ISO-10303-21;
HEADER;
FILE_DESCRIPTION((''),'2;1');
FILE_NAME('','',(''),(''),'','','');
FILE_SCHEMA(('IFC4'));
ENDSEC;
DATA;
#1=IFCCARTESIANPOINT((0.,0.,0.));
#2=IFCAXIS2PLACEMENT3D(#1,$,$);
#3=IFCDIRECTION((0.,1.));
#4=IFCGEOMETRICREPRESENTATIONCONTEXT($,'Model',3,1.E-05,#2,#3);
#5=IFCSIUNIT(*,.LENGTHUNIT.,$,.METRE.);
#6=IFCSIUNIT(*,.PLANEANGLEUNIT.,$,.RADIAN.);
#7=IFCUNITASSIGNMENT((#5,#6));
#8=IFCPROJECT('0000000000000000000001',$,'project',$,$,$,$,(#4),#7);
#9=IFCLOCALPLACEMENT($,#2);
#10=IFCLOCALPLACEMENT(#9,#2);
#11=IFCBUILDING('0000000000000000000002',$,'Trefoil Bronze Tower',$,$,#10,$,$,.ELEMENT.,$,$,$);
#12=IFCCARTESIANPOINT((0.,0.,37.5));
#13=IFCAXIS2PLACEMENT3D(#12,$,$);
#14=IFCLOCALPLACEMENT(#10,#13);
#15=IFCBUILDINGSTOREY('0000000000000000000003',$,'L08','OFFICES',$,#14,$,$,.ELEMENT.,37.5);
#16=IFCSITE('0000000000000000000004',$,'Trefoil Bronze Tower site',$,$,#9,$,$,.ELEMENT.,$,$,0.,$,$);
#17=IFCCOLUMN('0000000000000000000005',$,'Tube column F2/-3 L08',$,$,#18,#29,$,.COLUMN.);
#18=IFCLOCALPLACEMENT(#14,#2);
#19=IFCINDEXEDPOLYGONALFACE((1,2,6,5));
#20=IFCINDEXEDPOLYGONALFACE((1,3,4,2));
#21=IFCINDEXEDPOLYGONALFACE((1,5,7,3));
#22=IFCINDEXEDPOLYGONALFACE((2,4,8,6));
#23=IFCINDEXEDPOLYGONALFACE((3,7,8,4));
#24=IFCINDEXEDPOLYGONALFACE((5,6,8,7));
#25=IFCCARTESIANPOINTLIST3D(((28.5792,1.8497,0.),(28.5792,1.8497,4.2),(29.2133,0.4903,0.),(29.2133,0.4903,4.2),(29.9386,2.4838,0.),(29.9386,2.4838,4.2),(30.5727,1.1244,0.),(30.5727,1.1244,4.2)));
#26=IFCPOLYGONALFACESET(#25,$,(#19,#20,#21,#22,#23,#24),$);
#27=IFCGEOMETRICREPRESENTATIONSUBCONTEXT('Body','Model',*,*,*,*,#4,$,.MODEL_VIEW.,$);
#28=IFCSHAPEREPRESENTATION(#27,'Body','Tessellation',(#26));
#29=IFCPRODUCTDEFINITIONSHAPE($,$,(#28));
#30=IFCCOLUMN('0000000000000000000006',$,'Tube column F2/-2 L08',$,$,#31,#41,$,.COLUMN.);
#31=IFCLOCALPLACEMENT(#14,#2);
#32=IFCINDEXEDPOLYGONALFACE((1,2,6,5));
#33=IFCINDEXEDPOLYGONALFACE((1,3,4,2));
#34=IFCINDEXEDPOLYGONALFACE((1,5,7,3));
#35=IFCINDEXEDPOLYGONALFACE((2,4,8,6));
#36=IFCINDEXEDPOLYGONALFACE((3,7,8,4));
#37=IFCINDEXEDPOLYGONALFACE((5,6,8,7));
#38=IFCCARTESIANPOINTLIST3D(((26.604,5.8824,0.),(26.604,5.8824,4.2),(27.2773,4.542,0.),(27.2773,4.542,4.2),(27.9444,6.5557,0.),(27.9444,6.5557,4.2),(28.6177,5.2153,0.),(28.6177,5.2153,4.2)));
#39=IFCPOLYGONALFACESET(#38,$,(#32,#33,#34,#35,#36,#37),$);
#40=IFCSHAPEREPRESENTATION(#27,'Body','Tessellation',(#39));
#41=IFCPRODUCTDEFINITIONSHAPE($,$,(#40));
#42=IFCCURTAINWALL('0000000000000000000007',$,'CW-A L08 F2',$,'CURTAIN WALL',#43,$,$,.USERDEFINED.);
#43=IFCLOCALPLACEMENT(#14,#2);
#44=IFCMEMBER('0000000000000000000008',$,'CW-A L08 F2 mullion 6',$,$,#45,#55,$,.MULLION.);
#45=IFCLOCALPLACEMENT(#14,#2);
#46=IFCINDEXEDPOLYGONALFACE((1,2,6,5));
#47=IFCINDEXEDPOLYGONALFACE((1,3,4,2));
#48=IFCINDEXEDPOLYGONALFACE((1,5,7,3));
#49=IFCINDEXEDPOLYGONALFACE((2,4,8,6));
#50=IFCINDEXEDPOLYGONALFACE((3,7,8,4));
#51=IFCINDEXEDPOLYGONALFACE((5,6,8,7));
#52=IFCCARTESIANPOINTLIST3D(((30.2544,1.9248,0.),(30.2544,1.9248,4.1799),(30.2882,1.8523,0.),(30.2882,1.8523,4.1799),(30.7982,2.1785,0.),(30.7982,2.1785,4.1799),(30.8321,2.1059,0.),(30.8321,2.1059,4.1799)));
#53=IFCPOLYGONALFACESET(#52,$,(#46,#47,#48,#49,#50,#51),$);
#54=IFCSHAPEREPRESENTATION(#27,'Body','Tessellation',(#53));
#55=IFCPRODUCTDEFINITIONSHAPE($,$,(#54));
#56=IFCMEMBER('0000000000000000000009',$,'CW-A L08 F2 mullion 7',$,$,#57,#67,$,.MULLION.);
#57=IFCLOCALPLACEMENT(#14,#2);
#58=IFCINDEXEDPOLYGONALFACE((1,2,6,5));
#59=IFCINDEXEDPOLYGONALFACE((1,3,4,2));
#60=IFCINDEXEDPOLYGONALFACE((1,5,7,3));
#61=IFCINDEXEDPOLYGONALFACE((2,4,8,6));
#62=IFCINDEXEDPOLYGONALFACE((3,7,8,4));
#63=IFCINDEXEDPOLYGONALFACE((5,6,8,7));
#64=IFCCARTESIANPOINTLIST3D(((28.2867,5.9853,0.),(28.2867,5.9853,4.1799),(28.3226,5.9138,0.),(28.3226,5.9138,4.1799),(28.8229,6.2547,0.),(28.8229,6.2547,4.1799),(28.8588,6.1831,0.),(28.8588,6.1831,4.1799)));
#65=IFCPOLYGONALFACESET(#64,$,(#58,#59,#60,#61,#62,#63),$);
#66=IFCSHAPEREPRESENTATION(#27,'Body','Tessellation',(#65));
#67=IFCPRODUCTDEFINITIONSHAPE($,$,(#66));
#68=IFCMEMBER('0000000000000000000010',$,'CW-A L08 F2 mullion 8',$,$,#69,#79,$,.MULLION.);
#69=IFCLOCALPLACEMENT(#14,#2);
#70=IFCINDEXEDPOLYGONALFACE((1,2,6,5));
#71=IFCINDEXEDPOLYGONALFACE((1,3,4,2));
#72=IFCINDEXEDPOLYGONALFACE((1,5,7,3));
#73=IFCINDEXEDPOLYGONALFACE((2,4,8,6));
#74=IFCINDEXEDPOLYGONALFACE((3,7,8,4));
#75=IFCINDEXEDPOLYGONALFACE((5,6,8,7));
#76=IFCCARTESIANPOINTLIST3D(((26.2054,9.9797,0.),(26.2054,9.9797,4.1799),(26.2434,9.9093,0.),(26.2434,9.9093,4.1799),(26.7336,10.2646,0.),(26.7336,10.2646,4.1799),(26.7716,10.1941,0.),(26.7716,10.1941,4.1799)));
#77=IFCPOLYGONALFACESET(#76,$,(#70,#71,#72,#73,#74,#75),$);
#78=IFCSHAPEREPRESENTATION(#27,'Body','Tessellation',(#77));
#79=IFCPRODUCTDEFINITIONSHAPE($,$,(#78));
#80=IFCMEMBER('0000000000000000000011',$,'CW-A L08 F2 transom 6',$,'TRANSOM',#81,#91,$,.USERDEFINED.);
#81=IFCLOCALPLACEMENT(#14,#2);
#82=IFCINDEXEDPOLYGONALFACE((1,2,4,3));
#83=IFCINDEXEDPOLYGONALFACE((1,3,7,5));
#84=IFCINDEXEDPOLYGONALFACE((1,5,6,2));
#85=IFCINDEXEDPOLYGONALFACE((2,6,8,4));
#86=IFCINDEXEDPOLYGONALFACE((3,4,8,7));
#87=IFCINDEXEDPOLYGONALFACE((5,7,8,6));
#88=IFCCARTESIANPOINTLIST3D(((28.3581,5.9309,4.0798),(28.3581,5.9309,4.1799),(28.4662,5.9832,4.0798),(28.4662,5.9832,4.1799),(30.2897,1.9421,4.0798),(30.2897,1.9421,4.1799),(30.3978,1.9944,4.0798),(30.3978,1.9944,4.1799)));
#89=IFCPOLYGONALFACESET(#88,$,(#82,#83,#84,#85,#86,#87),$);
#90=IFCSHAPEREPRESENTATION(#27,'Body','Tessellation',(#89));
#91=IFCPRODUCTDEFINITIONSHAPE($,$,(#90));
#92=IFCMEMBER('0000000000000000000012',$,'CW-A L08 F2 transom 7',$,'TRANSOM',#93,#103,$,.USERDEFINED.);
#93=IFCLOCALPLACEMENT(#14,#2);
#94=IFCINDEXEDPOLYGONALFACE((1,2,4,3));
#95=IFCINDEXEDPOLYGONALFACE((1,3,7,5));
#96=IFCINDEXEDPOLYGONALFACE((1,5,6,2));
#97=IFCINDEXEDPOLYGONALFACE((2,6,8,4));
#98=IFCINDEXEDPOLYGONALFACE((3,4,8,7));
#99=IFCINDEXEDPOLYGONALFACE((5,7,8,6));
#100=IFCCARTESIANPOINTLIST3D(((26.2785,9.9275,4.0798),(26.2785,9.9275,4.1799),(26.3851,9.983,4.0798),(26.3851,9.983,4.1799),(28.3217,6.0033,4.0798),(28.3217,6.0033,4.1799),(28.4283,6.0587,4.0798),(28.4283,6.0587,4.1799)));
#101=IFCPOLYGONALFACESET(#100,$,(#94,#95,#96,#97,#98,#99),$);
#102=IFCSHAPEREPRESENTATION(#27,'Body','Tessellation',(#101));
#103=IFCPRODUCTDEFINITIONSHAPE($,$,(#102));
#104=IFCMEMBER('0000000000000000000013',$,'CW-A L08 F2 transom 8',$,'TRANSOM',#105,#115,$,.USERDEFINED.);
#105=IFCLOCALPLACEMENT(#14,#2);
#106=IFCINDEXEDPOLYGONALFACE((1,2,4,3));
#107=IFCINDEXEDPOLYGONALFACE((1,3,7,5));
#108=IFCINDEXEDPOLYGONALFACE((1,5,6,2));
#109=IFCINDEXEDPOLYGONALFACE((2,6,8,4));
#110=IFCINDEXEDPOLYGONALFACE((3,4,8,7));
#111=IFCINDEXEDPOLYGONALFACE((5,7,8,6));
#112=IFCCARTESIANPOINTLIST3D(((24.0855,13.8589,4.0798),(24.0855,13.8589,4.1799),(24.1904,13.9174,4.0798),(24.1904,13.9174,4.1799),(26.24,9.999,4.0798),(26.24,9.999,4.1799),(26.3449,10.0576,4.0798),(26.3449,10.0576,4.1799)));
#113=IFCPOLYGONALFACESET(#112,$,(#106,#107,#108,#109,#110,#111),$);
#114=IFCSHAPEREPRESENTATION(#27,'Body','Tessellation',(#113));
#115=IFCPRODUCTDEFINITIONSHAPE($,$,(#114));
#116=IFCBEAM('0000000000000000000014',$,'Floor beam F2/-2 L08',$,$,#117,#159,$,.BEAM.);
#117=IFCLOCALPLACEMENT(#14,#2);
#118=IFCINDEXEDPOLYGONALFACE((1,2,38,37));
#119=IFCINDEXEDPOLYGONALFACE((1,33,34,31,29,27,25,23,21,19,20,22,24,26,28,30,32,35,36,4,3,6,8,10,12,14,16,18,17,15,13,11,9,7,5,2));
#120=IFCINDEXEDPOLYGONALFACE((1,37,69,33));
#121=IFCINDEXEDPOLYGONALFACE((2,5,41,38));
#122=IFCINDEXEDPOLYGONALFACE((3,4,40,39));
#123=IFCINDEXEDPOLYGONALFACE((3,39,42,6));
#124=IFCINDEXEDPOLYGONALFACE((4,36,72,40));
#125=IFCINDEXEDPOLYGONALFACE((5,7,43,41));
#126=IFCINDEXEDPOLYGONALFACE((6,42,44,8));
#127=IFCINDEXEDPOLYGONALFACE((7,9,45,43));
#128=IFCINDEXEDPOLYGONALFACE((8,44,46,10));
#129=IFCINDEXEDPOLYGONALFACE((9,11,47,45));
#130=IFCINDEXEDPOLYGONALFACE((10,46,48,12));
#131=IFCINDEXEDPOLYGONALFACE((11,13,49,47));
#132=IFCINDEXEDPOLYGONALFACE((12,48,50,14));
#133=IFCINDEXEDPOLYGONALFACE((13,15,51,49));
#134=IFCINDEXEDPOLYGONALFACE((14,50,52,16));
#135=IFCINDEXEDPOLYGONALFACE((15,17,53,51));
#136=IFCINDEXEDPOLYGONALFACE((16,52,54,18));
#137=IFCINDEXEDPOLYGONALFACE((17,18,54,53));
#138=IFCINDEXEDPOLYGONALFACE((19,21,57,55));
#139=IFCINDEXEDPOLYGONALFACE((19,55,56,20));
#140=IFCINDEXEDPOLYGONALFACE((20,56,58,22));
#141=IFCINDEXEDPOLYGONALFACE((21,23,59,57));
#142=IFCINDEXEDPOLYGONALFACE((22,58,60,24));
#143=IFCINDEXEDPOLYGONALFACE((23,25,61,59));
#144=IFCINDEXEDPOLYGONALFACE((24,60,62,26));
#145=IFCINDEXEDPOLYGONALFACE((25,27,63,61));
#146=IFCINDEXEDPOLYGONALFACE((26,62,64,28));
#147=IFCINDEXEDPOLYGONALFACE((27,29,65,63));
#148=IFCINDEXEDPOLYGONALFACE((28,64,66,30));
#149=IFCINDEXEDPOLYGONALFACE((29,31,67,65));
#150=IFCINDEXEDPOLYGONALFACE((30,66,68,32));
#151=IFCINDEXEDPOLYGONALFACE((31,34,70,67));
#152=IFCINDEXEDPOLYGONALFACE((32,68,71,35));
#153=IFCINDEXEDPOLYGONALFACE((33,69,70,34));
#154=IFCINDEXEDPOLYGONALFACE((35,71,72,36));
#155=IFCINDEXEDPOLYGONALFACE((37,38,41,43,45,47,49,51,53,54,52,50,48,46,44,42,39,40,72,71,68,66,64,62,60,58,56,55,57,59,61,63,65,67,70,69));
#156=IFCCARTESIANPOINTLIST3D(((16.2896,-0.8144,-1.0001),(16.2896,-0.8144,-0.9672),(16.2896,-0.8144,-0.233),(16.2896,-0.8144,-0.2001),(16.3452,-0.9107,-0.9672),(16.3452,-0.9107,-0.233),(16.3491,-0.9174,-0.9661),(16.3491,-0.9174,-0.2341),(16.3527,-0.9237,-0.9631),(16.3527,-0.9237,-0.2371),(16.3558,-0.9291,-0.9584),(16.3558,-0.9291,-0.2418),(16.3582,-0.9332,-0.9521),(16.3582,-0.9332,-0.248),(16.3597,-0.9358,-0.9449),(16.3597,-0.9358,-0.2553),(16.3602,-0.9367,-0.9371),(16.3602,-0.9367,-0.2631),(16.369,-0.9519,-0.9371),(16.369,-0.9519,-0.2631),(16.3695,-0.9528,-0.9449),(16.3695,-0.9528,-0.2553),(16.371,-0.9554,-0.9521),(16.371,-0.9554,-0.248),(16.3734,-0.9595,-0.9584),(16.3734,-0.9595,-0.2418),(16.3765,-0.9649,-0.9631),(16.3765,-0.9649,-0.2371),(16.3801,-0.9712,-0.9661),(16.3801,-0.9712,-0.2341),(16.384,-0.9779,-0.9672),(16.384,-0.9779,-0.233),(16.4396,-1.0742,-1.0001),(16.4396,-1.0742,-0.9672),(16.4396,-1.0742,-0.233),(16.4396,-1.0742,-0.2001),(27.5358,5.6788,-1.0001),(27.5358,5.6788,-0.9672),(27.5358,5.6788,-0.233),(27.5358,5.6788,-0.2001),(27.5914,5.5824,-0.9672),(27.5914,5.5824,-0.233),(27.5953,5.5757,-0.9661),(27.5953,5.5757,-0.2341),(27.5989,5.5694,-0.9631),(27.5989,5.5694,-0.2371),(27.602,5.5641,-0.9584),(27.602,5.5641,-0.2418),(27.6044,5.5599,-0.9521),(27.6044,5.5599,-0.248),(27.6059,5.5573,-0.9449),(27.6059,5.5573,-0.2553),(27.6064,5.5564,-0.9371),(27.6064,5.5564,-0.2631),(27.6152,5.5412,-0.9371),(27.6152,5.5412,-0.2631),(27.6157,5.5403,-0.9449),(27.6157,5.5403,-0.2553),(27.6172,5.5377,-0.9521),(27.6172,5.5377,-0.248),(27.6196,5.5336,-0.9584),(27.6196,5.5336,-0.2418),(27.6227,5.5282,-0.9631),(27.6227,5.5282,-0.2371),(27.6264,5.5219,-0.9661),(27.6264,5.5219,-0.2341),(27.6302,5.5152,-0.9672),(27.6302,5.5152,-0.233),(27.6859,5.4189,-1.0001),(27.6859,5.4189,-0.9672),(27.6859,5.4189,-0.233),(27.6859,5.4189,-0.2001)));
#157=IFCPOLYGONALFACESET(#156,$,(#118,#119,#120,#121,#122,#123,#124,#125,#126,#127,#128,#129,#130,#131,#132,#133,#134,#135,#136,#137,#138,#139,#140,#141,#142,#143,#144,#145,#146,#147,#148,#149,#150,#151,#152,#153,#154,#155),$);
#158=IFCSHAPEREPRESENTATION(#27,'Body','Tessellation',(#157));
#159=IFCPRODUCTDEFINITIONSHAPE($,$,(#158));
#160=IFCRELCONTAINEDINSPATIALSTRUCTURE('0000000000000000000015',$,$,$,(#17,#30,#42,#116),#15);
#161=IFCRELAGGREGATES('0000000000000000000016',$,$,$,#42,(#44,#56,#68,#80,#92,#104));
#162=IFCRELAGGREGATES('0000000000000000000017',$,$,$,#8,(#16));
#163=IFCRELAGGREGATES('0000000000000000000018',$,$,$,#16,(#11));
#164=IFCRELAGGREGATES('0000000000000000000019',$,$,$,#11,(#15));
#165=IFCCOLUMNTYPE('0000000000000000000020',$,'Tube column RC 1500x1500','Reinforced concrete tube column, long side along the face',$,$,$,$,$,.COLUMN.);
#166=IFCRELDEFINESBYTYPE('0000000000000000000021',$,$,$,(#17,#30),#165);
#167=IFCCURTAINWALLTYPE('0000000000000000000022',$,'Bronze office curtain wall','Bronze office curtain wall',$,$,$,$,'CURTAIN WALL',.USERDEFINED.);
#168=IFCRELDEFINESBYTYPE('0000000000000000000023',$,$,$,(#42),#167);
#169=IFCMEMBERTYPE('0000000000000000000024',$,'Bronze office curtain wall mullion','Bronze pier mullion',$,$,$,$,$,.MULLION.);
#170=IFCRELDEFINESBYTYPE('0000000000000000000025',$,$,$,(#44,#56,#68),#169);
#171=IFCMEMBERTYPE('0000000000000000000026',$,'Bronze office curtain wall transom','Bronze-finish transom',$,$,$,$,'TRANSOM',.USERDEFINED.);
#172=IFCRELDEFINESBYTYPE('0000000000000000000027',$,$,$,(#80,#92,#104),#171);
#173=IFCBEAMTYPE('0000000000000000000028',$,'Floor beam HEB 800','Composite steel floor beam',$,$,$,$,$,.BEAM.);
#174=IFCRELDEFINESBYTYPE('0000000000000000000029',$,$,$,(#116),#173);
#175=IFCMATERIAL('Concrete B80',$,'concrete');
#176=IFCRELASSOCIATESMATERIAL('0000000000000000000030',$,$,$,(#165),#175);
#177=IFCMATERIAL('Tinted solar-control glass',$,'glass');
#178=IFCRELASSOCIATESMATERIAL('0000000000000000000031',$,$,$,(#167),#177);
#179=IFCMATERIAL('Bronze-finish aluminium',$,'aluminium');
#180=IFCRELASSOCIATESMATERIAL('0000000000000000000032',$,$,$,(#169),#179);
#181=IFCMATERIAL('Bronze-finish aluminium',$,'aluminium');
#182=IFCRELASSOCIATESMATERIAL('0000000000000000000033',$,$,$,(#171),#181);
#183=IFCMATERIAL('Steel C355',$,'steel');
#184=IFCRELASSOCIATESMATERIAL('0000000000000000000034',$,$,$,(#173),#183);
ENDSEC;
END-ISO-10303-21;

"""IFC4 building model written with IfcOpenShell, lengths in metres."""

from ifc_helpers import new_model, si_unit, direction, frame, origin, origin_2d, place, context, subcontext, project, spatial, rectangle, i_section, extrude, material, material_profile, profile_set, type_object, element, aggregate, save


model = new_model("IFC4")

# Units and contexts
model_context = context("Model", 3, precision=1e-05, world=origin(), true_north=direction((0.0, 1.0)))
body_context = subcontext(model_context, "Body", "Model", "MODEL_VIEW")
ifc_project = project(units=[si_unit("LENGTHUNIT", "METRE"), si_unit("PLANEANGLEUNIT", "RADIAN")], contexts=[model_context])

# Site, building, storey
site_placement = place(None, origin())
site = spatial("IfcSite", under=ifc_project, at=site_placement, Name="Trefoil Bronze Tower site", CompositionType="ELEMENT", RefElevation=0.0)
building_placement = place(site_placement, origin())
building = spatial("IfcBuilding", under=site, at=building_placement, Name="Trefoil Bronze Tower", CompositionType="ELEMENT")
storey_placement = place(building_placement, frame((0.0, 0.0, 37.5)))
storey = spatial("IfcBuildingStorey", under=building, at=storey_placement, Name="L08", Description="OFFICES", CompositionType="ELEMENT", Elevation=37.5)

# Columns
ifc_material_1 = material(Name="Concrete B80", Category="concrete")
ifc_material_profile_1 = material_profile(ifc_material_1, rectangle(XDim=1.5, YDim=1.5, at=origin_2d()), Name="RC 1500x1500")
ifc_profile_set_1 = profile_set([ifc_material_profile_1], Name="Concrete B80")
column_type = type_object("IfcColumnType", Name="Tube column RC 1500x1500", Description="Reinforced concrete tube column, long side along the face", PredefinedType="COLUMN", material=ifc_profile_set_1)
for number, where, z_axis, x_axis, name in (
    (1, (29.5759, 1.4871, 0.0), (0.0, 0.0, 1.0), (-0.422701, 0.906269, 0.0), "Tube column F2/-3 L08"),
    (2, (27.6108, 5.5488, 0.0), (0.0, 0.0, 1.0), (-0.44889, 0.893587, 0.0), "Tube column F2/-2 L08"),
):
    element("IfcColumn", number, at=place(storey_placement, frame(where, z_axis=z_axis, x_axis=x_axis)), inside=storey, type_object=column_type, Name=name, PredefinedType="COLUMN", context=body_context, shape_type="SweptSolid", body=[
        extrude(rectangle(XDim=1.5, YDim=1.5, at=origin_2d()), origin(), (0.0, 0.0, 1.0), 4.2),
    ])

# Curtain wall, members
ifc_material_2 = material(Name="Tinted solar-control glass", Category="glass")
curtain_wall_type = type_object("IfcCurtainWallType", Name="Bronze office curtain wall", Description="Bronze office curtain wall", ElementType="CURTAIN WALL", PredefinedType="USERDEFINED", material=ifc_material_2)
curtain_wall_placement = place(storey_placement, origin())
curtain_wall = element("IfcCurtainWall", 3, at=curtain_wall_placement, inside=storey, type_object=curtain_wall_type, Name="CW-A L08 F2", ObjectType="CURTAIN WALL", PredefinedType="USERDEFINED")
ifc_material_3 = material(Name="Bronze-finish aluminium", Category="aluminium")
ifc_material_profile_2 = material_profile(ifc_material_3, rectangle(XDim=0.6001, YDim=0.0801, at=origin_2d()), Name="CW-A mullion")
ifc_profile_set_2 = profile_set([ifc_material_profile_2], Name="Bronze-finish aluminium")
member_type_1 = type_object("IfcMemberType", Name="Bronze office curtain wall mullion", Description="Bronze pier mullion", PredefinedType="MULLION", material=ifc_profile_set_2)
member_1_placement = place(storey_placement, frame((30.5432, 2.0154, 0.0), z_axis=(0.0, 0.0, 1.0), x_axis=(-0.906269, -0.422701, 0.0)))
member_1 = element("IfcMember", 4, at=member_1_placement, type_object=member_type_1, Name="CW-A L08 F2 mullion 6", PredefinedType="MULLION", context=body_context, shape_type="SweptSolid", body=[
    extrude(rectangle(XDim=0.6001, YDim=0.0801, at=origin_2d()), origin(), (0.0, 0.0, 1.0), 4.1799),
])
member_2_placement = place(storey_placement, frame((28.5728, 6.0842, 0.0), z_axis=(0.0, 0.0, 1.0), x_axis=(-0.893587, -0.44889, 0.0)))
member_2 = element("IfcMember", 5, at=member_2_placement, type_object=member_type_1, Name="CW-A L08 F2 mullion 7", PredefinedType="MULLION", context=body_context, shape_type="SweptSolid", body=[
    extrude(rectangle(XDim=0.6001, YDim=0.0801, at=origin_2d()), origin(), (0.0, 0.0, 1.0), 4.1799),
])
member_3_placement = place(storey_placement, frame((26.4885, 10.0869, 0.0), z_axis=(0.0, 0.0, 1.0), x_axis=(-0.880171, -0.474656, 0.0)))
member_3 = element("IfcMember", 6, at=member_3_placement, type_object=member_type_1, Name="CW-A L08 F2 mullion 8", PredefinedType="MULLION", context=body_context, shape_type="SweptSolid", body=[
    extrude(rectangle(XDim=0.6001, YDim=0.0801, at=origin_2d()), origin(), (0.0, 0.0, 1.0), 4.1799),
])
ifc_material_4 = material(Name="Bronze-finish aluminium", Category="aluminium")
ifc_material_profile_3 = material_profile(ifc_material_4, rectangle(XDim=0.1201, YDim=0.1001, at=origin_2d()), Name="CW-A transom")
ifc_profile_set_3 = profile_set([ifc_material_profile_3], Name="Bronze-finish aluminium")
member_type_2 = type_object("IfcMemberType", Name="Bronze office curtain wall transom", Description="Bronze-finish transom", ElementType="TRANSOM", PredefinedType="USERDEFINED", material=ifc_profile_set_3)
member_4_placement = place(storey_placement, frame((30.3438, 1.9683, 4.1299), z_axis=(-0.435852, 0.900018, 0.0), x_axis=(-0.900018, -0.435852, 0.0)))
member_4 = element("IfcMember", 7, at=member_4_placement, type_object=member_type_2, Name="CW-A L08 F2 transom 6", ObjectType="TRANSOM", PredefinedType="USERDEFINED", context=body_context, shape_type="SweptSolid", body=[
    extrude(rectangle(XDim=0.1201, YDim=0.1001, at=origin_2d()), origin(), (0.0, 0.0, 1.0), 4.4319),
])
member_5_placement = place(storey_placement, frame((28.375, 6.031, 4.1299), z_axis=(-0.46181, 0.886979, 0.0), x_axis=(-0.886979, -0.46181, 0.0)))
member_5 = element("IfcMember", 8, at=member_5_placement, type_object=member_type_2, Name="CW-A L08 F2 transom 7", ObjectType="TRANSOM", PredefinedType="USERDEFINED", context=body_context, shape_type="SweptSolid", body=[
    extrude(rectangle(XDim=0.1201, YDim=0.1001, at=origin_2d()), origin(), (0.0, 0.0, 1.0), 4.4243),
])
member_6_placement = place(storey_placement, frame((26.2925, 10.0283, 4.1299), z_axis=(-0.4874, 0.873179, 0.0), x_axis=(-0.873179, -0.4874, 0.0)))
member_6 = element("IfcMember", 9, at=member_6_placement, type_object=member_type_2, Name="CW-A L08 F2 transom 8", ObjectType="TRANSOM", PredefinedType="USERDEFINED", context=body_context, shape_type="SweptSolid", body=[
    extrude(rectangle(XDim=0.1201, YDim=0.1001, at=origin_2d()), origin(), (0.0, 0.0, 1.0), 4.4204),
])

# Beam
ifc_material_5 = material(Name="Steel C355", Category="steel")
ifc_material_profile_4 = material_profile(ifc_material_5, i_section(OverallWidth=0.3, OverallDepth=0.8, WebThickness=0.0176, FlangeThickness=0.033, FilletRadius=0.03, at=origin_2d()), Name="HEB 800")
ifc_profile_set_4 = profile_set([ifc_material_profile_4], Name="Steel C355")
beam_type_1 = type_object("IfcBeamType", Name="Floor beam HEB 800", Description="Composite steel floor beam", PredefinedType="BEAM", material=ifc_profile_set_4)
beam_1_placement = place(storey_placement, frame((27.6108, 5.5488, -0.6001), z_axis=(-0.866022, -0.500005, 0.0), x_axis=(0.500005, -0.866022, 0.0)))
element("IfcBeam", 10, at=beam_1_placement, inside=storey, type_object=beam_type_1, Name="Floor beam F2/-2 L08", PredefinedType="BEAM", context=body_context, shape_type="SweptSolid", body=[
    extrude(i_section(OverallWidth=0.3, OverallDepth=0.8, WebThickness=0.0176, FlangeThickness=0.033, FilletRadius=0.03, at=origin_2d()), origin(), (0.0, 0.0, 1.0), 12.9861),
])

aggregate(curtain_wall, [member_1, member_2, member_3, member_4, member_5, member_6])

save(model, "model.ifc")
